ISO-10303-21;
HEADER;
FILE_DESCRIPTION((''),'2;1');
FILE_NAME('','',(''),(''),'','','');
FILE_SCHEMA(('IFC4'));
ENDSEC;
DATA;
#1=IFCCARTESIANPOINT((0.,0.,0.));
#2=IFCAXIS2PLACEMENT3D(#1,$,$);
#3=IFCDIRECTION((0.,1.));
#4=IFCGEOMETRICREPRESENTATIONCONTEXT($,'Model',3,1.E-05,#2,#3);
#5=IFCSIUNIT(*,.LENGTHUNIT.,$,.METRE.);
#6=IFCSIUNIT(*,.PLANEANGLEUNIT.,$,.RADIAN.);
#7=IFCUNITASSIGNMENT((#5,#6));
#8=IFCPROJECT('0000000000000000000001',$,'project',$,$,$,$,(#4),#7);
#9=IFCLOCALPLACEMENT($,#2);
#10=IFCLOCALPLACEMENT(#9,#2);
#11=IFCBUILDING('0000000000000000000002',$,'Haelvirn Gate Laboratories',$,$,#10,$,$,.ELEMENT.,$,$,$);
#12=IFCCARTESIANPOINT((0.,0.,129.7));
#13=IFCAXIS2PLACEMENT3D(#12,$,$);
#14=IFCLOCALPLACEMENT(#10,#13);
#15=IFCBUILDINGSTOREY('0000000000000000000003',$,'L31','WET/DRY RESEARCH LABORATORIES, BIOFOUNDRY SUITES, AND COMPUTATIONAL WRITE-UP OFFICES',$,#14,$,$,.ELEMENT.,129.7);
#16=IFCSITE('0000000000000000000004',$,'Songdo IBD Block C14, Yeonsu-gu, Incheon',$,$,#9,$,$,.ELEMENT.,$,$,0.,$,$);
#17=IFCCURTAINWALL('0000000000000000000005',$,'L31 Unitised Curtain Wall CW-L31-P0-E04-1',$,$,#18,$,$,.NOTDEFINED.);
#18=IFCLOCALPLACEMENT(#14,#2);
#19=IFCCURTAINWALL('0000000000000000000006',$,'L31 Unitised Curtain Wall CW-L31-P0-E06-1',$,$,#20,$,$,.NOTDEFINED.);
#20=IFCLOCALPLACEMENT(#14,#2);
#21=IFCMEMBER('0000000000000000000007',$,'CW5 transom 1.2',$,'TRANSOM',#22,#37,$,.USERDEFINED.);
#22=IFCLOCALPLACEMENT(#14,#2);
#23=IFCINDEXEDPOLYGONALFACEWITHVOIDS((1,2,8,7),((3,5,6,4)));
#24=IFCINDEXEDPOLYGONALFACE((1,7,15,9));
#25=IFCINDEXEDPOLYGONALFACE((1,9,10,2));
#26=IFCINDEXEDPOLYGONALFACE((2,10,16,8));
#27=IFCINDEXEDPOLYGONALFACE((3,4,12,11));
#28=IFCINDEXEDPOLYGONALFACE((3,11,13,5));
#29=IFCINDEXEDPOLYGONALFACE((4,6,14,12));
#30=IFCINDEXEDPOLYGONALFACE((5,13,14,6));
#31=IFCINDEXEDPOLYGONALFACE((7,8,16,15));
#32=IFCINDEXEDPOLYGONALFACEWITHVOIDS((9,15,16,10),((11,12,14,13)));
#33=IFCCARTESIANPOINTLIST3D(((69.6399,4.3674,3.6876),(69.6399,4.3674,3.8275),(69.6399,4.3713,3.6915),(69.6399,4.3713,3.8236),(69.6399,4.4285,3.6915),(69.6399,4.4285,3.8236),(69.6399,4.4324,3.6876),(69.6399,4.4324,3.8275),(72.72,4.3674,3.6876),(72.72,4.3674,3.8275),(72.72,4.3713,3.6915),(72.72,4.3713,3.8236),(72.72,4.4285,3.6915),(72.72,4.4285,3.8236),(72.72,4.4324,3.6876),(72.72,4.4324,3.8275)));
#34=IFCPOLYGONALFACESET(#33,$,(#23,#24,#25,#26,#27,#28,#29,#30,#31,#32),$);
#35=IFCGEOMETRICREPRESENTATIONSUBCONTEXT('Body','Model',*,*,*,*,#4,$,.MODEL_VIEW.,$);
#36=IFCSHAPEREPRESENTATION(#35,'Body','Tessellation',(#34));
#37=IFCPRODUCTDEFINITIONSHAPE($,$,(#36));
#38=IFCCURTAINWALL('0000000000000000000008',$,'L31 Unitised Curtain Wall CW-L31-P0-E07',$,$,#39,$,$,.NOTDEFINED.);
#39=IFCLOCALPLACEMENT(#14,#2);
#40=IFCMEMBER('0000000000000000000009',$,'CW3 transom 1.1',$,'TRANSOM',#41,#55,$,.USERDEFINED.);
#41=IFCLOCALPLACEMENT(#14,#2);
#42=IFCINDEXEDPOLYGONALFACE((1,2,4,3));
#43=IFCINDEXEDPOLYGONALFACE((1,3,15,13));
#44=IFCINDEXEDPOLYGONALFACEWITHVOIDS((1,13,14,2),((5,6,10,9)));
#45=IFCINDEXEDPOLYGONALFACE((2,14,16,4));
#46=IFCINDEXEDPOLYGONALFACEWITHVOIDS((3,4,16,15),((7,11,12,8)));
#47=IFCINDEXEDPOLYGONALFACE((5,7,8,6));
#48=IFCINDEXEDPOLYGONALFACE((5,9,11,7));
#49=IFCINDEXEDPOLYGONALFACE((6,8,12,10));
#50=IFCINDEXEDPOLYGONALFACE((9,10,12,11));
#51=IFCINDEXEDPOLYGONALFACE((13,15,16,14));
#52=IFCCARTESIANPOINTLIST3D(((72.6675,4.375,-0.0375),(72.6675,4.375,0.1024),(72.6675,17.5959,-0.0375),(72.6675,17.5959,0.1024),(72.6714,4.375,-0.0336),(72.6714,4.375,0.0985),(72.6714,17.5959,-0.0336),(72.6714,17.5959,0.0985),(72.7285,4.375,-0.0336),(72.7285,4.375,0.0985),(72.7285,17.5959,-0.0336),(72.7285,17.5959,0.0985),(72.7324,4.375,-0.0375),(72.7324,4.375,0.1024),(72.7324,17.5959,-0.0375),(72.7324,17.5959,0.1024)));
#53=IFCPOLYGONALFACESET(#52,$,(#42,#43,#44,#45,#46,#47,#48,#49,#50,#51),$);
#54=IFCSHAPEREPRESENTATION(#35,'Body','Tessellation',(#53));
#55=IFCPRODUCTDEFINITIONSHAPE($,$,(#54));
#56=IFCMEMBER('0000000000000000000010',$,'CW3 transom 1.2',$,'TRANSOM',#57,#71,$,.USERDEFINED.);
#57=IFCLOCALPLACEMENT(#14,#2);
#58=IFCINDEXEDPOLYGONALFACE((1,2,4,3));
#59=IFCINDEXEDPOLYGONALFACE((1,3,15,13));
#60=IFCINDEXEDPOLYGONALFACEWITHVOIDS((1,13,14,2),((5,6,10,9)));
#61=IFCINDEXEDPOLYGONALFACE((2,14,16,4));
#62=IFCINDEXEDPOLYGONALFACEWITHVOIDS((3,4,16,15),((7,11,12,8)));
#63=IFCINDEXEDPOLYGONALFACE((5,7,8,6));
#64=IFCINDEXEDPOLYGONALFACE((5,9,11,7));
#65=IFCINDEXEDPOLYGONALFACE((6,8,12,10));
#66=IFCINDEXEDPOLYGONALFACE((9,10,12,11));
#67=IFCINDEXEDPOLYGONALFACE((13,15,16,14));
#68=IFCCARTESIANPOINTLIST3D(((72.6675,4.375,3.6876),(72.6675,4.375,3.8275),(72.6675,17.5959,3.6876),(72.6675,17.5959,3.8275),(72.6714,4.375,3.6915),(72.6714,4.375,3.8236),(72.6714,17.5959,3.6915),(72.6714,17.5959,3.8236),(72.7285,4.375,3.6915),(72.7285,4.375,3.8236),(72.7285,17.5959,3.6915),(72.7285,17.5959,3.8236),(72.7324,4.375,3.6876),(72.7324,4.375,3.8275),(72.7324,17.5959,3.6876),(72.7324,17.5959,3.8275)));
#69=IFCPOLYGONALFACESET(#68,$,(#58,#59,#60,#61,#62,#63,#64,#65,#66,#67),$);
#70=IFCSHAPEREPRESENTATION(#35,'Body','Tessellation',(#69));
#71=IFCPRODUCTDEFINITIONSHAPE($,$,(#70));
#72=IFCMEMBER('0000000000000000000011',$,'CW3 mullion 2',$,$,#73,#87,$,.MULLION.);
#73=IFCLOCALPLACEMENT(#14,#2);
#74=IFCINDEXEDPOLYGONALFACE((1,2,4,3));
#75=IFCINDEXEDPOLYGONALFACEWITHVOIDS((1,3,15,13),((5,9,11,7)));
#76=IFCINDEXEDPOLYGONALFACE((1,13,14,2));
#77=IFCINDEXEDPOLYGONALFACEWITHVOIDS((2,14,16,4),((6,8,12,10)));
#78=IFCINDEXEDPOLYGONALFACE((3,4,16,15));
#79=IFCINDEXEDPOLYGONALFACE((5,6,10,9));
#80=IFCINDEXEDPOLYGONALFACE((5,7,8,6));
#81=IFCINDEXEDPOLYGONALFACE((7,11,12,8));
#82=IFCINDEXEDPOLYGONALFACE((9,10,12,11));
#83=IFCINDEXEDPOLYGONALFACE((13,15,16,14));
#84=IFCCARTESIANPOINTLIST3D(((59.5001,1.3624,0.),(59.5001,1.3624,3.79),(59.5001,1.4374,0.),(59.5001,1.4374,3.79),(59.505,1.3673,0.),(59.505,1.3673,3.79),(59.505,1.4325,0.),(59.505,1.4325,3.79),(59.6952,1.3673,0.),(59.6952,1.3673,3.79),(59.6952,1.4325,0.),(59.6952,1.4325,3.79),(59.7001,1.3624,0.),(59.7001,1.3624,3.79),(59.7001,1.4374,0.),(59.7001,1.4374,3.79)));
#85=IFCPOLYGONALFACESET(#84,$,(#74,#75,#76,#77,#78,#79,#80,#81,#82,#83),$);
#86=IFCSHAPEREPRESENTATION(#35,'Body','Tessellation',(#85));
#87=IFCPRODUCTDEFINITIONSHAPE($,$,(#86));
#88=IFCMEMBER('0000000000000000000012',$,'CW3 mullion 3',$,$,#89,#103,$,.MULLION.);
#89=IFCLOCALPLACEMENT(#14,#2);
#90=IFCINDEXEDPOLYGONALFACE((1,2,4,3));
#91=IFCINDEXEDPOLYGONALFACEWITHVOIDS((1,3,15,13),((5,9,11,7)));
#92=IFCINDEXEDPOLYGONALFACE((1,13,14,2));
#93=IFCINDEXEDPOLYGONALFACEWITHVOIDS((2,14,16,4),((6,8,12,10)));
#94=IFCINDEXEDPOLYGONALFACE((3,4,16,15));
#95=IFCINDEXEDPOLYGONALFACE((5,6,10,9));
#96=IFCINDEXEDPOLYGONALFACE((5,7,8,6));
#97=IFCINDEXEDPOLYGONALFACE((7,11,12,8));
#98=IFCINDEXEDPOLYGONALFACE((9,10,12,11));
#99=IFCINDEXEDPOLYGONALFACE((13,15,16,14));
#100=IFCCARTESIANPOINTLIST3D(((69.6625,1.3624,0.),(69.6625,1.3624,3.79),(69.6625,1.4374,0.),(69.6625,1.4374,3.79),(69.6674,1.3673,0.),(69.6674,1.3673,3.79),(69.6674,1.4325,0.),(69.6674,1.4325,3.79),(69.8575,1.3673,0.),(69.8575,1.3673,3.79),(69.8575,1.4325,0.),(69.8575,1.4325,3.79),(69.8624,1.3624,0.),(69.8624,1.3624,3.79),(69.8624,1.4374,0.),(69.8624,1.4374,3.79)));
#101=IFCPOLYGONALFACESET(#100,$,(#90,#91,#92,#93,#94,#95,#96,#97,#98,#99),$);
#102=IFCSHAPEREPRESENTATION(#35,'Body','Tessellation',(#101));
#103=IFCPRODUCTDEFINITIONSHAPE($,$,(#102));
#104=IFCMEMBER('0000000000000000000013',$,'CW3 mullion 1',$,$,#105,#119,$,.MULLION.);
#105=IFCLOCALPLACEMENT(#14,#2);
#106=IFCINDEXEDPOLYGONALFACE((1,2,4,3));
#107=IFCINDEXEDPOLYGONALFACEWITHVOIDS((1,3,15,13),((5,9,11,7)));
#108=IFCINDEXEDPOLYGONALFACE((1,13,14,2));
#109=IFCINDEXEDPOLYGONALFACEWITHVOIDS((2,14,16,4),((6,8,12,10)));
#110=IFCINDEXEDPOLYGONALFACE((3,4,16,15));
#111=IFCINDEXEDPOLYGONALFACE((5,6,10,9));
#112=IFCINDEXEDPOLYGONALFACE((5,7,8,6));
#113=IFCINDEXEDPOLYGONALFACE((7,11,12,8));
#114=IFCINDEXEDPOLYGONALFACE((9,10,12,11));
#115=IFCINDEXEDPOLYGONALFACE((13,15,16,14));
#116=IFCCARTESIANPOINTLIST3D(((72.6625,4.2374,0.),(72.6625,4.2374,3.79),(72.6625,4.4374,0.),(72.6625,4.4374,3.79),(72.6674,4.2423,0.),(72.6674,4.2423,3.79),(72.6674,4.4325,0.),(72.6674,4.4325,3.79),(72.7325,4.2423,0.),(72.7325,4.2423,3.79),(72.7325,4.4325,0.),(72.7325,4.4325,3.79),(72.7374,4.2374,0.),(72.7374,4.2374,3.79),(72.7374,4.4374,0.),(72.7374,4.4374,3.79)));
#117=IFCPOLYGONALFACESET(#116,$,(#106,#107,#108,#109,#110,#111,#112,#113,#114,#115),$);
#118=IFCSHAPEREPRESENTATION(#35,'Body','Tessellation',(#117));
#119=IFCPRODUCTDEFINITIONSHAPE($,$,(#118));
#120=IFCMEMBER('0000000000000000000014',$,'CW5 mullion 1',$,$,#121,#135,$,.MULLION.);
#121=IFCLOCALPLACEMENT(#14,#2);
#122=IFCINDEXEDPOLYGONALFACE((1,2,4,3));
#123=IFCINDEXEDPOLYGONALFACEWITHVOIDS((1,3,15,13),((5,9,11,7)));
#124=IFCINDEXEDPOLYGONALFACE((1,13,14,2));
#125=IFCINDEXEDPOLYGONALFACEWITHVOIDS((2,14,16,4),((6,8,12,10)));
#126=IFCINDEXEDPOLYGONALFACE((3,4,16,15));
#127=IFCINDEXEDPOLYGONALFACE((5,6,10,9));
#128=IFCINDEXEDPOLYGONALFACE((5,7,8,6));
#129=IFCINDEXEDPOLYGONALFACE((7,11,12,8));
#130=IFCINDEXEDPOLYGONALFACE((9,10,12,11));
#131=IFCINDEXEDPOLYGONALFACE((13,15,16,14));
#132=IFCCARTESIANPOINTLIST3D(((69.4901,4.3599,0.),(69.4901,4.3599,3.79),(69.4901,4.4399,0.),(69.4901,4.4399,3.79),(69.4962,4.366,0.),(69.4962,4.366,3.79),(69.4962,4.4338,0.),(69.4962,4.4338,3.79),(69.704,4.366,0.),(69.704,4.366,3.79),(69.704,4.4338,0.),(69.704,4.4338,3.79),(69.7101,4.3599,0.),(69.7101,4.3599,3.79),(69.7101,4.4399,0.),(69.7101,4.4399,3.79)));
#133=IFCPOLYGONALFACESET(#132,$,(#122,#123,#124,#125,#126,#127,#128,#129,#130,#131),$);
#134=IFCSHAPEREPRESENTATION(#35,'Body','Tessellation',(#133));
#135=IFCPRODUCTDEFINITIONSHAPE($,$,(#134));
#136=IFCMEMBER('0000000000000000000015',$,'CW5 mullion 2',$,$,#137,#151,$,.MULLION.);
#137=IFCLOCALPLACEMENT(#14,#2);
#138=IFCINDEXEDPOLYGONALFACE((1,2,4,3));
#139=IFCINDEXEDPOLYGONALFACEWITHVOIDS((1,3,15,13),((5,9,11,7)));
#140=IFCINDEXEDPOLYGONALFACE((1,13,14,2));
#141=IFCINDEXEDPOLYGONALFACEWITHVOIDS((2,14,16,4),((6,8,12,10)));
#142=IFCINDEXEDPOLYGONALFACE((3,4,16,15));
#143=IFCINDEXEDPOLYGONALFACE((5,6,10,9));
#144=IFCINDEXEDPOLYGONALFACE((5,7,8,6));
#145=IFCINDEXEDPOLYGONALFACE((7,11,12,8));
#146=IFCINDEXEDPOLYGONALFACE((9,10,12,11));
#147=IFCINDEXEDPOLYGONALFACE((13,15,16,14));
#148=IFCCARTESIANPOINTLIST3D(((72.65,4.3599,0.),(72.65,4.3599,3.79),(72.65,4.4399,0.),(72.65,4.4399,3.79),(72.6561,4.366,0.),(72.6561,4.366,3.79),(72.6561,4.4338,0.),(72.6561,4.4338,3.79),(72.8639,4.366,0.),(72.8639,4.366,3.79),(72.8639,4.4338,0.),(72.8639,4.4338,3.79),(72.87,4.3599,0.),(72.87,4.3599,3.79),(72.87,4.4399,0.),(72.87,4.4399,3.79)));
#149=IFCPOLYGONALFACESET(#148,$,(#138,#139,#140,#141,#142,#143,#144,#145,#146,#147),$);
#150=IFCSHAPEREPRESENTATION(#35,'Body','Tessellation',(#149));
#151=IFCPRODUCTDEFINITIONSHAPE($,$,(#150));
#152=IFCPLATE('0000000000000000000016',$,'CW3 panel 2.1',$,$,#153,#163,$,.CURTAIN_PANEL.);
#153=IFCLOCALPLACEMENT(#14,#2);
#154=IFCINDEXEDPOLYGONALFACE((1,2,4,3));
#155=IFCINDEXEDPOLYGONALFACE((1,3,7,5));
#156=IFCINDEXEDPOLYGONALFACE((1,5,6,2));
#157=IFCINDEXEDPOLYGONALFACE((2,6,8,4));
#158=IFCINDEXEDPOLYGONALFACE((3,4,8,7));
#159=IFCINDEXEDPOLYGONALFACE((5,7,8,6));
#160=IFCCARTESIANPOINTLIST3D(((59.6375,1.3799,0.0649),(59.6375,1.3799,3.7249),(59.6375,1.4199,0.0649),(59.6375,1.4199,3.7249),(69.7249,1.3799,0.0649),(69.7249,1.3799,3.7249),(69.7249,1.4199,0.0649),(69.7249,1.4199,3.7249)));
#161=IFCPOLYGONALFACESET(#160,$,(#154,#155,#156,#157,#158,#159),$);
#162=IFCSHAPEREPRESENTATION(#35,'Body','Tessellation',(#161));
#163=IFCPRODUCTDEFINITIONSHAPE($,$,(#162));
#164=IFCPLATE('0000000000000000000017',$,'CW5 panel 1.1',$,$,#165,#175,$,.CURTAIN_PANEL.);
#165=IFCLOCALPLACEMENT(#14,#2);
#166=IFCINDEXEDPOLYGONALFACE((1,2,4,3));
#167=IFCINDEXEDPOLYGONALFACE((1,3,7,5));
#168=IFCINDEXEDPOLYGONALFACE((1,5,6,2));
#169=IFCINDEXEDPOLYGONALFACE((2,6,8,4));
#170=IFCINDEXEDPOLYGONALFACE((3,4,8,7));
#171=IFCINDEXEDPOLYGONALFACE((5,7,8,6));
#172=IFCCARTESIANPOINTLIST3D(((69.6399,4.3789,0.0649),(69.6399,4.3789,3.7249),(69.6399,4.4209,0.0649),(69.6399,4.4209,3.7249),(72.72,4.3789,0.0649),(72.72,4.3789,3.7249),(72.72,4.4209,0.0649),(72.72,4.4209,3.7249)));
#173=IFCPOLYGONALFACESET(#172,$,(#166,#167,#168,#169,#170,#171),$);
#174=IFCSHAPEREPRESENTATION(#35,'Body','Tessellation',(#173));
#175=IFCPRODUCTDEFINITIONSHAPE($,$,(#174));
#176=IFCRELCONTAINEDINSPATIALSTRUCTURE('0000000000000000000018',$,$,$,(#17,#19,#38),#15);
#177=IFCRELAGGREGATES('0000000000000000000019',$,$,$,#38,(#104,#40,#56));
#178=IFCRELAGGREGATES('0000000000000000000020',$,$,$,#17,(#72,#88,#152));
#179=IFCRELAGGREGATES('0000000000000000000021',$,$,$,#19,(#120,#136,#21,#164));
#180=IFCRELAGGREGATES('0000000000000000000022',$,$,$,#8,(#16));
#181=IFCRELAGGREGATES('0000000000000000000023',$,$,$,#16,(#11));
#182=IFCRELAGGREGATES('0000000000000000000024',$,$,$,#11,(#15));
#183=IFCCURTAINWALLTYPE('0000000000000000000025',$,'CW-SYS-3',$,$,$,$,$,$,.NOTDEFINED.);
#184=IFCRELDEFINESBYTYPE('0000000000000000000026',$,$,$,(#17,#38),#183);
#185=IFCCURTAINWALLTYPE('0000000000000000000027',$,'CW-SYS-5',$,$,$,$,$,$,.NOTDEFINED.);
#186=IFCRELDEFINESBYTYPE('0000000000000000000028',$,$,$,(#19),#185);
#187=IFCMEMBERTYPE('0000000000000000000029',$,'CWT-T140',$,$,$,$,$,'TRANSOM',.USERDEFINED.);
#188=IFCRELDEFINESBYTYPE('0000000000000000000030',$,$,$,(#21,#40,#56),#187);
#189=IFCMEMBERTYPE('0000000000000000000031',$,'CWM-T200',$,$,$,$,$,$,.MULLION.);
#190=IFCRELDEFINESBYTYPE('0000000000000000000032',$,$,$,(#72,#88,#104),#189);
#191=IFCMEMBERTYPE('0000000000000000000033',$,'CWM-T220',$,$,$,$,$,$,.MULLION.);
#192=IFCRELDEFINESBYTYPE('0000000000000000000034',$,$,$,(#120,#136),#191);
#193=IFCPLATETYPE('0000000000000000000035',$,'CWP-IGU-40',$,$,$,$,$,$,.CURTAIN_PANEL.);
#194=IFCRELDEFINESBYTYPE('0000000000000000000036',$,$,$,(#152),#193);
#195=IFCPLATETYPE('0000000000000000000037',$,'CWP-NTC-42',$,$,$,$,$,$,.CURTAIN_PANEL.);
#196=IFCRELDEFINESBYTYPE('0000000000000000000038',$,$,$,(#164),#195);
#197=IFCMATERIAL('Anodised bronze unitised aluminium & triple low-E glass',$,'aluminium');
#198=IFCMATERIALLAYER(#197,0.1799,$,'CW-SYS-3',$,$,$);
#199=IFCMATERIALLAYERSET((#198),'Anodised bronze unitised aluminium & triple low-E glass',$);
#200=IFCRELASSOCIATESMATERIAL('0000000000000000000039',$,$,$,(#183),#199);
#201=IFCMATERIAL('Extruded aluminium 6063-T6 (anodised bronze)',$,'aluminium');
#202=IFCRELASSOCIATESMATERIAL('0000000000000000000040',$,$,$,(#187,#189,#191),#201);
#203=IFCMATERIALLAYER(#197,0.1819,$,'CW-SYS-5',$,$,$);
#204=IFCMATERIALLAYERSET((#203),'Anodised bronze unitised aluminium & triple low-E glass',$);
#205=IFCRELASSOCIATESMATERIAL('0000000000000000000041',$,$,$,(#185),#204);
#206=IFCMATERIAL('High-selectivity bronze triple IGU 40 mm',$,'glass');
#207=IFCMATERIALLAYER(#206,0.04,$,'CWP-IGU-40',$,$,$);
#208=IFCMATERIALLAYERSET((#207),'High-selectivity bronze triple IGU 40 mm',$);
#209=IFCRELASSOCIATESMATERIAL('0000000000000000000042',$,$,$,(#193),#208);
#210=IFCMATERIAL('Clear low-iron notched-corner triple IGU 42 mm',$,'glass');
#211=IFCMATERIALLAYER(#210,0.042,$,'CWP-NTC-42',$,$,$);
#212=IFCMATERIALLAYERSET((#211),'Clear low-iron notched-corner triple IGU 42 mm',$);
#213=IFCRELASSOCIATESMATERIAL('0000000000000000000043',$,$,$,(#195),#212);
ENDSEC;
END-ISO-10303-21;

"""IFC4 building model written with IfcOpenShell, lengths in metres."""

from ifc_helpers import new_model, si_unit, direction, frame, origin, origin_2d, place, context, subcontext, project, spatial, rectangle, hollow_rectangle, extrude, source, transform, mapped, material, layer, layer_set, material_profile, profile_set, type_object, type_shapes, element, aggregate, save


model = new_model("IFC4")

# Units and contexts
model_context = context("Model", 3, precision=1e-05, world=origin(), true_north=direction((0.0, 1.0)))
body_context = subcontext(model_context, "Body", "Model", "MODEL_VIEW")
ifc_project = project(units=[si_unit("LENGTHUNIT", "METRE"), si_unit("PLANEANGLEUNIT", "RADIAN")], contexts=[model_context])

# Site, building, storey
site_placement = place(None, origin())
site = spatial("IfcSite", under=ifc_project, at=site_placement, Name="Songdo IBD Block C14, Yeonsu-gu, Incheon", CompositionType="ELEMENT", RefElevation=0.0)
building_placement = place(site_placement, origin())
building = spatial("IfcBuilding", under=site, at=building_placement, Name="Haelvirn Gate Laboratories", CompositionType="ELEMENT")
storey_placement = place(building_placement, frame((0.0, 0.0, 129.7)))
storey = spatial("IfcBuildingStorey", under=building, at=storey_placement, Name="L31", Description="WET/DRY RESEARCH LABORATORIES, BIOFOUNDRY SUITES, AND COMPUTATIONAL WRITE-UP OFFICES", CompositionType="ELEMENT", Elevation=129.7)

# Curtain walls, members
ifc_material_1 = material(Name="Anodised bronze unitised aluminium & triple low-E glass", Category="aluminium")
ifc_layer_1 = layer(ifc_material_1, 0.1799, Name="CW-SYS-3")
ifc_layer_set_1 = layer_set([ifc_layer_1], Name="Anodised bronze unitised aluminium & triple low-E glass")
curtain_wall_type_1 = type_object("IfcCurtainWallType", Name="CW-SYS-3", PredefinedType="NOTDEFINED", material=ifc_layer_set_1)
curtain_wall_1_placement = place(storey_placement, origin())
curtain_wall_1 = element("IfcCurtainWall", 1, at=curtain_wall_1_placement, inside=storey, type_object=curtain_wall_type_1, Name="L31 Unitised Curtain Wall CW-L31-P0-E04-1", PredefinedType="NOTDEFINED")
ifc_material_2 = material(Name="Extruded aluminium 6063-T6 (anodised bronze)", Category="aluminium")
ifc_material_profile_1 = material_profile(ifc_material_2, hollow_rectangle(XDim=0.0649, YDim=0.1399, WallThickness=0.0039, at=origin_2d()), Name="CWT-140x65x4")
ifc_profile_set_1 = profile_set([ifc_material_profile_1], Name="Extruded aluminium 6063-T6 (anodised bronze)")
member_type_1 = type_object("IfcMemberType", Name="CWT-T140", ElementType="TRANSOM", PredefinedType="USERDEFINED", material=ifc_profile_set_1)
ifc_layer_2 = layer(ifc_material_1, 0.1819, Name="CW-SYS-5")
ifc_layer_set_2 = layer_set([ifc_layer_2], Name="Anodised bronze unitised aluminium & triple low-E glass")
curtain_wall_type_2 = type_object("IfcCurtainWallType", Name="CW-SYS-5", PredefinedType="NOTDEFINED", material=ifc_layer_set_2)
curtain_wall_2_placement = place(storey_placement, origin())
curtain_wall_2 = element("IfcCurtainWall", 2, at=curtain_wall_2_placement, inside=storey, type_object=curtain_wall_type_2, Name="L31 Unitised Curtain Wall CW-L31-P0-E06-1", PredefinedType="NOTDEFINED")
shared_shape_1 = source(origin(), body_context, "Body", "SweptSolid", [
    extrude(hollow_rectangle(XDim=0.0649, YDim=0.1399, WallThickness=0.0039, at=origin_2d()), origin(), (0.0, 0.0, 1.0), 3.0801),
])
member_1_placement = place(storey_placement, frame((69.6399, 4.3999, 3.7576), z_axis=(1.0, 0.0, 0.0), x_axis=(0.0, 1.0, 0.0)))
member_1 = element("IfcMember", 3, at=member_1_placement, type_object=member_type_1, Name="CW5 transom 1.2", ObjectType="TRANSOM", PredefinedType="USERDEFINED", context=body_context, shape_type="MappedRepresentation", body=[
    mapped(shared_shape_1, transform((0.0, 0.0, 0.0), scale=1.0)),
])
curtain_wall_3_placement = place(storey_placement, origin())
curtain_wall_3 = element("IfcCurtainWall", 4, at=curtain_wall_3_placement, inside=storey, type_object=curtain_wall_type_1, Name="L31 Unitised Curtain Wall CW-L31-P0-E07", PredefinedType="NOTDEFINED")
shared_shape_2 = source(origin(), body_context, "Body", "SweptSolid", [
    extrude(hollow_rectangle(XDim=0.0649, YDim=0.1399, WallThickness=0.0039, at=origin_2d()), origin(), (0.0, 0.0, 1.0), 13.2209),
])
member_2_placement = place(storey_placement, frame((72.7, 4.375, 0.0325), z_axis=(0.0, 1.0, 0.0), x_axis=(-1.0, 0.0, 0.0)))
member_2 = element("IfcMember", 5, at=member_2_placement, type_object=member_type_1, Name="CW3 transom 1.1", ObjectType="TRANSOM", PredefinedType="USERDEFINED", context=body_context, shape_type="MappedRepresentation", body=[
    mapped(shared_shape_2, transform((0.0, 0.0, 0.0), scale=1.0)),
])
member_3_placement = place(storey_placement, frame((72.7, 4.375, 3.7576), z_axis=(0.0, 1.0, 0.0), x_axis=(-1.0, 0.0, 0.0)))
member_3 = element("IfcMember", 6, at=member_3_placement, type_object=member_type_1, Name="CW3 transom 1.2", ObjectType="TRANSOM", PredefinedType="USERDEFINED", context=body_context, shape_type="MappedRepresentation", body=[
    mapped(shared_shape_2, transform((0.0, 0.0, 0.0), scale=1.0)),
])

# Members
ifc_material_profile_2 = material_profile(ifc_material_2, hollow_rectangle(XDim=0.075, YDim=0.2, WallThickness=0.0049, at=origin_2d()), Name="CWM-200x75x5")
ifc_profile_set_2 = profile_set([ifc_material_profile_2], Name="Extruded aluminium 6063-T6 (anodised bronze)")
member_type_2 = type_object("IfcMemberType", Name="CWM-T200", PredefinedType="MULLION", material=ifc_profile_set_2)
shared_shape_3 = source(origin(), body_context, "Body", "SweptSolid", [
    extrude(hollow_rectangle(XDim=0.075, YDim=0.2, WallThickness=0.0049, at=origin_2d()), origin(), (0.0, 0.0, 1.0), 3.79),
])
type_shapes(member_type_2, [shared_shape_3])
member_4_placement = place(storey_placement, frame((59.6001, 1.3999, 0.0), z_axis=(0.0, 0.0, 1.0), x_axis=(0.0, 1.0, 0.0)))
member_4 = element("IfcMember", 7, at=member_4_placement, type_object=member_type_2, Name="CW3 mullion 2", PredefinedType="MULLION", context=body_context, shape_type="MappedRepresentation", body=[
    mapped(shared_shape_3, transform((0.0, 0.0, 0.0), scale=1.0)),
])
member_5_placement = place(storey_placement, frame((69.7625, 1.3999, 0.0), z_axis=(0.0, 0.0, 1.0), x_axis=(0.0, 1.0, 0.0)))
member_5 = element("IfcMember", 8, at=member_5_placement, type_object=member_type_2, Name="CW3 mullion 3", PredefinedType="MULLION", context=body_context, shape_type="MappedRepresentation", body=[
    mapped(shared_shape_3, transform((0.0, 0.0, 0.0), scale=1.0)),
])
member_6_placement = place(storey_placement, frame((72.7, 4.3374, 0.0), z_axis=(0.0, 0.0, 1.0), x_axis=(-1.0, 0.0, 0.0)))
member_6 = element("IfcMember", 9, at=member_6_placement, type_object=member_type_2, Name="CW3 mullion 1", PredefinedType="MULLION", context=body_context, shape_type="MappedRepresentation", body=[
    mapped(shared_shape_3, transform((0.0, 0.0, 0.0), scale=1.0)),
])
aggregate(curtain_wall_3, [member_6, member_2, member_3])
ifc_material_profile_3 = material_profile(ifc_material_2, hollow_rectangle(XDim=0.0801, YDim=0.22, WallThickness=0.0061, at=origin_2d()), Name="CWM-220x80x6")
ifc_profile_set_3 = profile_set([ifc_material_profile_3], Name="Extruded aluminium 6063-T6 (anodised bronze)")
member_type_3 = type_object("IfcMemberType", Name="CWM-T220", PredefinedType="MULLION", material=ifc_profile_set_3)
shared_shape_4 = source(origin(), body_context, "Body", "SweptSolid", [
    extrude(hollow_rectangle(XDim=0.0801, YDim=0.22, WallThickness=0.0061, at=origin_2d()), origin(), (0.0, 0.0, 1.0), 3.79),
])
type_shapes(member_type_3, [shared_shape_4])
member_7_placement = place(storey_placement, frame((69.6001, 4.3999, 0.0), z_axis=(0.0, 0.0, 1.0), x_axis=(0.0, 1.0, 0.0)))
member_7 = element("IfcMember", 10, at=member_7_placement, type_object=member_type_3, Name="CW5 mullion 1", PredefinedType="MULLION", context=body_context, shape_type="MappedRepresentation", body=[
    mapped(shared_shape_4, transform((0.0, 0.0, 0.0), scale=1.0)),
])
member_8_placement = place(storey_placement, frame((72.76, 4.3999, 0.0), z_axis=(0.0, 0.0, 1.0), x_axis=(0.0, 1.0, 0.0)))
member_8 = element("IfcMember", 11, at=member_8_placement, type_object=member_type_3, Name="CW5 mullion 2", PredefinedType="MULLION", context=body_context, shape_type="MappedRepresentation", body=[
    mapped(shared_shape_4, transform((0.0, 0.0, 0.0), scale=1.0)),
])

# Plates
ifc_material_3 = material(Name="High-selectivity bronze triple IGU 40 mm", Category="glass")
ifc_layer_3 = layer(ifc_material_3, 0.04, Name="CWP-IGU-40")
ifc_layer_set_3 = layer_set([ifc_layer_3], Name="High-selectivity bronze triple IGU 40 mm")
plate_type_1 = type_object("IfcPlateType", Name="CWP-IGU-40", PredefinedType="CURTAIN_PANEL", material=ifc_layer_set_3)
shared_shape_5 = source(origin(), body_context, "Body", "SweptSolid", [
    extrude(rectangle(XDim=10.0874, YDim=0.04, at=origin_2d()), origin(), (0.0, 0.0, 1.0), 3.6599),
])
type_shapes(plate_type_1, [shared_shape_5])
plate_1_placement = place(storey_placement, frame((64.6812, 1.3999, 0.0649), z_axis=(0.0, 0.0, 1.0), x_axis=(1.0, 0.0, 0.0)))
plate_1 = element("IfcPlate", 12, at=plate_1_placement, type_object=plate_type_1, Name="CW3 panel 2.1", PredefinedType="CURTAIN_PANEL", context=body_context, shape_type="MappedRepresentation", body=[
    mapped(shared_shape_5, transform((0.0, 0.0, 0.0), scale=1.0)),
])
aggregate(curtain_wall_1, [member_4, member_5, plate_1])
ifc_material_4 = material(Name="Clear low-iron notched-corner triple IGU 42 mm", Category="glass")
ifc_layer_4 = layer(ifc_material_4, 0.042, Name="CWP-NTC-42")
ifc_layer_set_4 = layer_set([ifc_layer_4], Name="Clear low-iron notched-corner triple IGU 42 mm")
plate_type_2 = type_object("IfcPlateType", Name="CWP-NTC-42", PredefinedType="CURTAIN_PANEL", material=ifc_layer_set_4)
shared_shape_6 = source(origin(), body_context, "Body", "SweptSolid", [
    extrude(rectangle(XDim=3.0801, YDim=0.042, at=origin_2d()), origin(), (0.0, 0.0, 1.0), 3.6599),
])
type_shapes(plate_type_2, [shared_shape_6])
plate_2_placement = place(storey_placement, frame((71.1799, 4.3999, 0.0649), z_axis=(0.0, 0.0, 1.0), x_axis=(1.0, 0.0, 0.0)))
plate_2 = element("IfcPlate", 13, at=plate_2_placement, type_object=plate_type_2, Name="CW5 panel 1.1", PredefinedType="CURTAIN_PANEL", context=body_context, shape_type="MappedRepresentation", body=[
    mapped(shared_shape_6, transform((0.0, 0.0, 0.0), scale=1.0)),
])
aggregate(curtain_wall_2, [member_7, member_8, member_1, plate_2])

save(model, "model.ifc")
